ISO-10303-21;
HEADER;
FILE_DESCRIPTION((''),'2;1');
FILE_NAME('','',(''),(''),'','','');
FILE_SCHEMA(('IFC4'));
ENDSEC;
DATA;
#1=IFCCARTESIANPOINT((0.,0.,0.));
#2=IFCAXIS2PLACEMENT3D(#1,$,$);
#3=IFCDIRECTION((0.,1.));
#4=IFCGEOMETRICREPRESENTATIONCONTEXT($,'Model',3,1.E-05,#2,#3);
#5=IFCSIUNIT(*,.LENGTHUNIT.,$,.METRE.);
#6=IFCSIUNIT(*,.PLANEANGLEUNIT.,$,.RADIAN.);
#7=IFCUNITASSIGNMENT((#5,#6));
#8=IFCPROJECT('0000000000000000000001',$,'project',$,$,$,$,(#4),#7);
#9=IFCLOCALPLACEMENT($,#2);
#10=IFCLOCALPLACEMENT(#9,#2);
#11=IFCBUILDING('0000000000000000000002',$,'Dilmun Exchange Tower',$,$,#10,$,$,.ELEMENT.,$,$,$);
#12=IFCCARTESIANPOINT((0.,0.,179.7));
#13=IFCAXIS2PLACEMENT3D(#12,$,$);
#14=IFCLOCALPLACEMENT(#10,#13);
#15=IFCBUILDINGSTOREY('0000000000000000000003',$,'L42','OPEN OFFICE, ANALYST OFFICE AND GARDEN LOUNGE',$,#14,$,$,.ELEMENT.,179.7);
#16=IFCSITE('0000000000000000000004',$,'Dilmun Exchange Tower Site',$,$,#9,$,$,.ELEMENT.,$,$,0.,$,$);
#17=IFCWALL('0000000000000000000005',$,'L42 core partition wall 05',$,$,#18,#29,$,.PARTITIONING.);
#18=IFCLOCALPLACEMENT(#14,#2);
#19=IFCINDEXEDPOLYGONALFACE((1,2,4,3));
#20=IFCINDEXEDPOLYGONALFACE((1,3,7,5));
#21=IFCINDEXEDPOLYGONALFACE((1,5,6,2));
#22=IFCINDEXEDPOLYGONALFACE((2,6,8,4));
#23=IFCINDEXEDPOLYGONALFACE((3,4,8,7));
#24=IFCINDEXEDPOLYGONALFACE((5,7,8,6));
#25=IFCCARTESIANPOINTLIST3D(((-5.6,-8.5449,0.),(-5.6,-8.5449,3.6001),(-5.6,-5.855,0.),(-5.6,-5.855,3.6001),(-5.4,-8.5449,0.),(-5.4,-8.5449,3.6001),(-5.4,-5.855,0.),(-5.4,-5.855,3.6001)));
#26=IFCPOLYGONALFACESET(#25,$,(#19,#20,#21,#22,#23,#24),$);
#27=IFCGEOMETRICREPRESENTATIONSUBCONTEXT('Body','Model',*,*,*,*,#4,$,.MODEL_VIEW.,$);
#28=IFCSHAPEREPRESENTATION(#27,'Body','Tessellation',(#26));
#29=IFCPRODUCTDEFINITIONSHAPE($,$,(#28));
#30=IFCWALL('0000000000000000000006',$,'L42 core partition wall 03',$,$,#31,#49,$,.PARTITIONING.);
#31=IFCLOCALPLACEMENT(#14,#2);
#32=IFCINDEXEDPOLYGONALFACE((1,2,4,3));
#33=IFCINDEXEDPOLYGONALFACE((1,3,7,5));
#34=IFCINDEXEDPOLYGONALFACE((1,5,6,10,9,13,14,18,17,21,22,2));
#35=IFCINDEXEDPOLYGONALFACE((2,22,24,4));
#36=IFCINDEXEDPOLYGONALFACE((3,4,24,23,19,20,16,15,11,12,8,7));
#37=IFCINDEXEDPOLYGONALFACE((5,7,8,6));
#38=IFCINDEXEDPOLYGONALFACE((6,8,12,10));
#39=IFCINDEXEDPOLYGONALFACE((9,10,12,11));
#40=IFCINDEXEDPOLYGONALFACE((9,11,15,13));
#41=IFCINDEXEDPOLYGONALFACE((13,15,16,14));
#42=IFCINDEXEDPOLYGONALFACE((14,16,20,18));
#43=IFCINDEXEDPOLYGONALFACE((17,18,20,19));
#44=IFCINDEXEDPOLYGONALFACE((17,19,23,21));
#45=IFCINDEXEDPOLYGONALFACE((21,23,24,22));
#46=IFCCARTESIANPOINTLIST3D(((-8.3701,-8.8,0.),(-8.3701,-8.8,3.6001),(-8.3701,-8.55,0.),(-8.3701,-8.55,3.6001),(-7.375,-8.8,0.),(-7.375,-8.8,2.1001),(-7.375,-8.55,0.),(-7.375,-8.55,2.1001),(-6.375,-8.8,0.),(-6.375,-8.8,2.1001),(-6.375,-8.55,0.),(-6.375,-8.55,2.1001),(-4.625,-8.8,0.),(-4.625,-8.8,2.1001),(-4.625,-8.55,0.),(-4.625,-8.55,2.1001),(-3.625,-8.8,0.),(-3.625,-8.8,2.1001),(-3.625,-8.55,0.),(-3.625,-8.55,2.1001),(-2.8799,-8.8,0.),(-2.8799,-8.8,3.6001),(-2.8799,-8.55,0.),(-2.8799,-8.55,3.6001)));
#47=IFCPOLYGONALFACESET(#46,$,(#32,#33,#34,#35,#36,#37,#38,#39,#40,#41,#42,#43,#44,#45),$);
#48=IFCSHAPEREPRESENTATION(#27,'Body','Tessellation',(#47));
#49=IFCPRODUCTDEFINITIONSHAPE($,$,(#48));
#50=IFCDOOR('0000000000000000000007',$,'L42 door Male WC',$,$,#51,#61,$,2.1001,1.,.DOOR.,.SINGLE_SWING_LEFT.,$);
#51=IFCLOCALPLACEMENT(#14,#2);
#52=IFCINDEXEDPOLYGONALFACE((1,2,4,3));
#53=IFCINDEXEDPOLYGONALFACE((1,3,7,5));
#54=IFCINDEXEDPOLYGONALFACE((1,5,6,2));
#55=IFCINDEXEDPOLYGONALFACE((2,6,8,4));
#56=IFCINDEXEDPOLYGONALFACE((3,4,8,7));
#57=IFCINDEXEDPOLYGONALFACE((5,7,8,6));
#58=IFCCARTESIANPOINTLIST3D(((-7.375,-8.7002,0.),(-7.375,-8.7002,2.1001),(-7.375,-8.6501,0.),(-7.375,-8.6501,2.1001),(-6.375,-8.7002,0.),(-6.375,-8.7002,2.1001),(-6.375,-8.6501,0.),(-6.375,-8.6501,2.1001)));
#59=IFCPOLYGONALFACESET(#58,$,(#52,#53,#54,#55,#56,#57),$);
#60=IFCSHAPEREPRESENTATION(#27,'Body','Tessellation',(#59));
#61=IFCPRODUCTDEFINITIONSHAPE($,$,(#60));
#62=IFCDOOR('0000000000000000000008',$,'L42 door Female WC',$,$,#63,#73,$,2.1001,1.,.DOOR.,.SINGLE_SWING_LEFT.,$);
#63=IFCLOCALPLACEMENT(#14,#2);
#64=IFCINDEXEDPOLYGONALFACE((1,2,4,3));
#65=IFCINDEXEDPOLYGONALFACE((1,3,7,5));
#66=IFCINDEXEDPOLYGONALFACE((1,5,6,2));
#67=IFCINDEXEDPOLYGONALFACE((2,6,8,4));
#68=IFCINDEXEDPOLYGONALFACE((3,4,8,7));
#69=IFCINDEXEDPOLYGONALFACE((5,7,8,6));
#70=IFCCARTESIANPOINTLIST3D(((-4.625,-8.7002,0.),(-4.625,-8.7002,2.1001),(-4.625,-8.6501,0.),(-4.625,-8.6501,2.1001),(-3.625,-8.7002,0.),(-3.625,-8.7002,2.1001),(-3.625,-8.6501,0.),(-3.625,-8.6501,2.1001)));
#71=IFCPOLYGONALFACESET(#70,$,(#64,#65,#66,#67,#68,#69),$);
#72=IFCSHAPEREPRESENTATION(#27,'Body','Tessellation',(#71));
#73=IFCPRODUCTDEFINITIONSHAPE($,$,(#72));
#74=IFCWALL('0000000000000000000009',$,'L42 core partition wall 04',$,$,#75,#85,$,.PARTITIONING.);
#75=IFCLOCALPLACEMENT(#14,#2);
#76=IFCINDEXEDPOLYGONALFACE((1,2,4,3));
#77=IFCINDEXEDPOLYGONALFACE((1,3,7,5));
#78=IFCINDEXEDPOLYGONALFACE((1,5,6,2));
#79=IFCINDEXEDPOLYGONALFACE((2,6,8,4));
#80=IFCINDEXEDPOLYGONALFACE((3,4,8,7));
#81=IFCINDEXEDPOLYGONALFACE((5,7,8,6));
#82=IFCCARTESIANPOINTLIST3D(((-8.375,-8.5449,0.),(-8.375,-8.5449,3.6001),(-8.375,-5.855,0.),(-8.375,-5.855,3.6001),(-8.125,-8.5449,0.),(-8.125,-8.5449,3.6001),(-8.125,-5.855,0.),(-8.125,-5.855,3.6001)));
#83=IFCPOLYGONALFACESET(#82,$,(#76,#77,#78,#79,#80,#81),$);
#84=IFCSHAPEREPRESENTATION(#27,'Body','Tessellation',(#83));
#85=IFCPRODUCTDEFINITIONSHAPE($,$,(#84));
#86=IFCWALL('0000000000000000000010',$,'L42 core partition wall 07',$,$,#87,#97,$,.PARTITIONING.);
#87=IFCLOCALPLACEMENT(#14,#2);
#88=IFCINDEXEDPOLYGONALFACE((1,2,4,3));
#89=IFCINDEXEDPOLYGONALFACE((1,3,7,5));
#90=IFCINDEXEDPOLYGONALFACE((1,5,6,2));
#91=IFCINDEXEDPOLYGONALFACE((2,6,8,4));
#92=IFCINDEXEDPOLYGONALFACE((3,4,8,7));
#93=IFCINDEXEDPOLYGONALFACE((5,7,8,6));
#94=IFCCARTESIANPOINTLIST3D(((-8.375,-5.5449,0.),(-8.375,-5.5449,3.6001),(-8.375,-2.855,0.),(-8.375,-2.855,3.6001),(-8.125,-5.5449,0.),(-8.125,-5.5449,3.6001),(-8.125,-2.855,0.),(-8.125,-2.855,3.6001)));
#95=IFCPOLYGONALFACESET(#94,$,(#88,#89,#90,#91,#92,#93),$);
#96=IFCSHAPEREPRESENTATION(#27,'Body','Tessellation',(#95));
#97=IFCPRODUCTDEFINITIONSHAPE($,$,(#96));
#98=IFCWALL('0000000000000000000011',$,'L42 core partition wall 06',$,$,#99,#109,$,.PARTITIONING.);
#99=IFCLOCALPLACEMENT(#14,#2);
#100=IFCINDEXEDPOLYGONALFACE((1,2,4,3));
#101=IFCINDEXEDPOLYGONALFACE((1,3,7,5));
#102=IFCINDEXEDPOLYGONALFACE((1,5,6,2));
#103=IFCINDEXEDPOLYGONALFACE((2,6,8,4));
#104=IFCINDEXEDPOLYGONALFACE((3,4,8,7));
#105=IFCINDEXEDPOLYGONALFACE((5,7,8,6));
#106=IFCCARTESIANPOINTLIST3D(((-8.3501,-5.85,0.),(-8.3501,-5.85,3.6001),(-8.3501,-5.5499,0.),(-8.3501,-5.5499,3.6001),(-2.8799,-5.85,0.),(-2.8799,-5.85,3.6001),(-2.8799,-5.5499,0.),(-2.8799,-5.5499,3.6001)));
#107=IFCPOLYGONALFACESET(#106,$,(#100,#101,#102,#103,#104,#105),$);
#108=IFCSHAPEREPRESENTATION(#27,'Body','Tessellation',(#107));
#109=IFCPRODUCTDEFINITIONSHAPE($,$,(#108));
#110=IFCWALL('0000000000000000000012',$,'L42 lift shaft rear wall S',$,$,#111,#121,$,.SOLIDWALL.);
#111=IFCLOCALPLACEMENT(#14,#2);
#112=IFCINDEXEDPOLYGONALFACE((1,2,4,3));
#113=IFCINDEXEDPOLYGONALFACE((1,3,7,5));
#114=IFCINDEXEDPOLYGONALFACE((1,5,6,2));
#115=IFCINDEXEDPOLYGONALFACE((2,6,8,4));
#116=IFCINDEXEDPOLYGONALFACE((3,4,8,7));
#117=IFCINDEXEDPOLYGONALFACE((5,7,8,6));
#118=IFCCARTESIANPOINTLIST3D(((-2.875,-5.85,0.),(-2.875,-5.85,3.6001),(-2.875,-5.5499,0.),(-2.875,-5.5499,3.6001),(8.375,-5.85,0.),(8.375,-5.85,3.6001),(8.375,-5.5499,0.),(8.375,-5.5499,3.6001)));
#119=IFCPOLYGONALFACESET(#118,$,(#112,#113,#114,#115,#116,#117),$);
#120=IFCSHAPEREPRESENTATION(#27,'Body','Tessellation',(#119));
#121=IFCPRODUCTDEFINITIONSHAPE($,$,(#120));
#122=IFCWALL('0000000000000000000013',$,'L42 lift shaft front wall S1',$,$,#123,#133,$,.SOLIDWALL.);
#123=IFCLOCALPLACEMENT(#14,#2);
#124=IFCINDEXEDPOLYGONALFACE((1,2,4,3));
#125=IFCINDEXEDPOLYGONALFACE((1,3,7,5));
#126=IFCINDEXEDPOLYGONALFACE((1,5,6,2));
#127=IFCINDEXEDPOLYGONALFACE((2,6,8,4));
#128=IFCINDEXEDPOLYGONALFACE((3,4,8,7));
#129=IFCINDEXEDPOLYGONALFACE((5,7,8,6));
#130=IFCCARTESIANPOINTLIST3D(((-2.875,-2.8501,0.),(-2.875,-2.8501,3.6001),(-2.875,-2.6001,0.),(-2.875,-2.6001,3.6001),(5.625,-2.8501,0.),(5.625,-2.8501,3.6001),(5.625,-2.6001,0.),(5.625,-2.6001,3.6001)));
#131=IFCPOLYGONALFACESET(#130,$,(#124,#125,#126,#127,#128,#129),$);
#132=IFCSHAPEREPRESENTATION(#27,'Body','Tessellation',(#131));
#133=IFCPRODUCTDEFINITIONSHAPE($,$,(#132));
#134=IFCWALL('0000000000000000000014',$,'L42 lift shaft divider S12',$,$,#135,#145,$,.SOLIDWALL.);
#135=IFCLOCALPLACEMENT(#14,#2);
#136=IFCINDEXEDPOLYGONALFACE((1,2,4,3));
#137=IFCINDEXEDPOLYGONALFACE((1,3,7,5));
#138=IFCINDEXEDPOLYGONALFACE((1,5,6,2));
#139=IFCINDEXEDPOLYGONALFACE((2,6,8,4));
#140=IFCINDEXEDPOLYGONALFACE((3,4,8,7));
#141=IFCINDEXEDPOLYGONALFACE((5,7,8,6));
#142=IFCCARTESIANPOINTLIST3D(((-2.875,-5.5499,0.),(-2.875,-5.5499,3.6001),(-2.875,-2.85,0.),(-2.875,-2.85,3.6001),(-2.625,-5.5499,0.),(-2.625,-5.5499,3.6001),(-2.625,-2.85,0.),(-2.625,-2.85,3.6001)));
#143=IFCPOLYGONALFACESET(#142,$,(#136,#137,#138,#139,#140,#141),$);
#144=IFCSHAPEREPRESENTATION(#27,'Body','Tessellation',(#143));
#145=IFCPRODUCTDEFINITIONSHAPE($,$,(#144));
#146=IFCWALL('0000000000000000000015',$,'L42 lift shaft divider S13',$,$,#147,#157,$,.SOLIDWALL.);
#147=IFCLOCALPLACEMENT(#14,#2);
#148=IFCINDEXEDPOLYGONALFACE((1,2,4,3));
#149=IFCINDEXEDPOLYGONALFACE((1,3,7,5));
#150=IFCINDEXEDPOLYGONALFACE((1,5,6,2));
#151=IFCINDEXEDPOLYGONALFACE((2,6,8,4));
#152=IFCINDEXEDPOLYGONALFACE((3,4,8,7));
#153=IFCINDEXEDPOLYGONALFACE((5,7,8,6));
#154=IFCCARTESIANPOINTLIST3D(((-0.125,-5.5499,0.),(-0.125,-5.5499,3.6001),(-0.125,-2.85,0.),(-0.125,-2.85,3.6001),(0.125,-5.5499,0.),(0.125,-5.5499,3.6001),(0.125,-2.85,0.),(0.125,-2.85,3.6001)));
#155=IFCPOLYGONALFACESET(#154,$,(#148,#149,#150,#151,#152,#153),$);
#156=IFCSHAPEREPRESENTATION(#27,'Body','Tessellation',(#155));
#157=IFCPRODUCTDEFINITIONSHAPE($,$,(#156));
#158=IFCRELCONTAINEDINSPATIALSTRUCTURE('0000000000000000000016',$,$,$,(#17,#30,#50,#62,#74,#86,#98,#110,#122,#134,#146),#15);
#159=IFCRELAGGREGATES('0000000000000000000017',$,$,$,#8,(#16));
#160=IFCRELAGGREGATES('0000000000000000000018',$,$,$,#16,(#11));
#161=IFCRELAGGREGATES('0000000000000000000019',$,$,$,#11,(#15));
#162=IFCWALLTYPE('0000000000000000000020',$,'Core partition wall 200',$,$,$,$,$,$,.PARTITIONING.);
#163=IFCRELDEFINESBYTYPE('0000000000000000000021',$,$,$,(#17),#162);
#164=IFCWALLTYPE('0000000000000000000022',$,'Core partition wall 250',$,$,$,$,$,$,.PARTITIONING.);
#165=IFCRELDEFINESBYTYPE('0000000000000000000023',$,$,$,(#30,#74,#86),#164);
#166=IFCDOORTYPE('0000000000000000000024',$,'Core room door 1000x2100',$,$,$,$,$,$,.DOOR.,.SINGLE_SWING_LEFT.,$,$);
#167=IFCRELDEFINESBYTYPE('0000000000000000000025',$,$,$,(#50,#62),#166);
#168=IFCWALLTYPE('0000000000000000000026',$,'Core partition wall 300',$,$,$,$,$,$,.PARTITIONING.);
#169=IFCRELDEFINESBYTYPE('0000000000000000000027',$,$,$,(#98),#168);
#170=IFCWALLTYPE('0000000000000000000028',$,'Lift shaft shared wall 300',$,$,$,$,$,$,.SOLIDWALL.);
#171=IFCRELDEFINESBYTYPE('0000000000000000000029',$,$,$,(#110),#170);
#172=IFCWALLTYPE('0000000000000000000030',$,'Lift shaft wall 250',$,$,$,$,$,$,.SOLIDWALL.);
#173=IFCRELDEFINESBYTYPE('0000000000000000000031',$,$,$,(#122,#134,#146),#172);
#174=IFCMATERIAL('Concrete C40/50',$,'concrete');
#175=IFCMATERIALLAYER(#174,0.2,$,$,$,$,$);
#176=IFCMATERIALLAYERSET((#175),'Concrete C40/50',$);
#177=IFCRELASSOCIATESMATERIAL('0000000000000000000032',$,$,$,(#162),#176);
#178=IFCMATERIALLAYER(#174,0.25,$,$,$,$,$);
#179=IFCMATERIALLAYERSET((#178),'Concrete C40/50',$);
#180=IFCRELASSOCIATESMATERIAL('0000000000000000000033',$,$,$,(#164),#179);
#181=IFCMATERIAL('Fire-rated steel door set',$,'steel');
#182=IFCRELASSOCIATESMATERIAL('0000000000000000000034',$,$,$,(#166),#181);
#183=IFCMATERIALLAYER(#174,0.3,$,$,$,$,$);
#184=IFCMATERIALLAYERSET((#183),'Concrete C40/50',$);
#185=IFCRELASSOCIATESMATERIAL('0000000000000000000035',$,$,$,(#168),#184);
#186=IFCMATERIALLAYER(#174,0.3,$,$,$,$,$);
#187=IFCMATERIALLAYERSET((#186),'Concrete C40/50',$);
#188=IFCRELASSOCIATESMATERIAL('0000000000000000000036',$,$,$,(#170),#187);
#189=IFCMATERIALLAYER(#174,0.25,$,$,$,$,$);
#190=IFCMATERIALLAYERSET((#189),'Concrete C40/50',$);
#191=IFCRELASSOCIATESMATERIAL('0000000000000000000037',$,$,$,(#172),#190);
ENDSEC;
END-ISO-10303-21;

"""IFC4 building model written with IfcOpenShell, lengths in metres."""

from ifc_helpers import new_model, si_unit, direction, frame, frame_2d, origin, place, context, subcontext, project, spatial, rectangle, extrude, material, layer, layer_set, type_object, element, fill, save


model = new_model("IFC4")

# Units and contexts
model_context = context("Model", 3, precision=1e-05, world=origin(), true_north=direction((0.0, 1.0)))
body_context = subcontext(model_context, "Body", "Model", "MODEL_VIEW")
ifc_project = project(units=[si_unit("LENGTHUNIT", "METRE"), si_unit("PLANEANGLEUNIT", "RADIAN")], contexts=[model_context])

# Site, building, storey
site_placement = place(None, origin())
site = spatial("IfcSite", under=ifc_project, at=site_placement, Name="Dilmun Exchange Tower Site", CompositionType="ELEMENT", RefElevation=0.0)
building_placement = place(site_placement, origin())
building = spatial("IfcBuilding", under=site, at=building_placement, Name="Dilmun Exchange Tower", CompositionType="ELEMENT")
storey_placement = place(building_placement, frame((0.0, 0.0, 179.7)))
storey = spatial("IfcBuildingStorey", under=building, at=storey_placement, Name="L42", Description="OPEN OFFICE, ANALYST OFFICE AND GARDEN LOUNGE", CompositionType="ELEMENT", Elevation=179.7)

# Wall
ifc_material_1 = material(Name="Concrete C40/50", Category="concrete")
ifc_layer_1 = layer(ifc_material_1, 0.2)
ifc_layer_set_1 = layer_set([ifc_layer_1], Name="Concrete C40/50")
wall_type_1 = type_object("IfcWallType", Name="Core partition wall 200", PredefinedType="PARTITIONING", material=ifc_layer_set_1)
wall_1_placement = place(storey_placement, frame((-5.5, -8.5449, 0.0), z_axis=(0.0, 0.0, 1.0), x_axis=(0.0, 1.0, 0.0)))
element("IfcWall", 1, at=wall_1_placement, inside=storey, type_object=wall_type_1, Name="L42 core partition wall 05", PredefinedType="PARTITIONING", context=body_context, shape_type="SweptSolid", body=[
    extrude(rectangle(XDim=2.6899, YDim=0.2, at=frame_2d((1.345, 0.0))), origin(), (0.0, 0.0, 1.0), 3.6001),
])

# Wall, openings, doors
ifc_layer_2 = layer(ifc_material_1, 0.25)
ifc_layer_set_2 = layer_set([ifc_layer_2], Name="Concrete C40/50")
wall_type_2 = type_object("IfcWallType", Name="Core partition wall 250", PredefinedType="PARTITIONING", material=ifc_layer_set_2)
wall_2_placement = place(storey_placement, frame((-8.3701, -8.675, 0.0), z_axis=(0.0, 0.0, 1.0), x_axis=(1.0, 0.0, 0.0)))
wall_2 = element("IfcWall", 2, at=wall_2_placement, inside=storey, type_object=wall_type_2, Name="L42 core partition wall 03", PredefinedType="PARTITIONING", context=body_context, shape_type="SweptSolid", body=[
    extrude(rectangle(XDim=5.4902, YDim=0.25, at=frame_2d((2.7451, 0.0))), origin(), (0.0, 0.0, 1.0), 3.6001),
])
opening_1_placement = place(wall_2_placement, frame((0.9951, 0.0, 0.0)))
opening_1 = element("IfcOpeningElement", 3, at=opening_1_placement, cuts=wall_2, PredefinedType="OPENING", context=body_context, shape_type="SweptSolid", body=[
    extrude(rectangle(XDim=1.0, YDim=2.1001, at=frame_2d((0.5, 1.05))), frame((0.0, 0.135, 0.0), z_axis=(0.0, -1.0, 0.0), x_axis=(1.0, 0.0, 0.0)), (0.0, 0.0, 1.0), 0.27),
])
opening_2_placement = place(wall_2_placement, frame((3.7451, 0.0, 0.0)))
opening_2 = element("IfcOpeningElement", 4, at=opening_2_placement, cuts=wall_2, PredefinedType="OPENING", context=body_context, shape_type="SweptSolid", body=[
    extrude(rectangle(XDim=1.0, YDim=2.1001, at=frame_2d((0.5, 1.05))), frame((0.0, 0.135, 0.0), z_axis=(0.0, -1.0, 0.0), x_axis=(1.0, 0.0, 0.0)), (0.0, 0.0, 1.0), 0.27),
])
ifc_material_2 = material(Name="Fire-rated steel door set", Category="steel")
door_type_1 = type_object("IfcDoorType", Name="Core room door 1000x2100", OperationType="SINGLE_SWING_LEFT", PredefinedType="DOOR", material=ifc_material_2)
door_1_placement = place(opening_1_placement, origin())
door_1 = element("IfcDoor", 5, at=door_1_placement, inside=storey, type_object=door_type_1, Name="L42 door Male WC", OperationType="SINGLE_SWING_LEFT", OverallHeight=2.1001, OverallWidth=1.0, PredefinedType="DOOR", context=body_context, shape_type="SweptSolid", body=[
    extrude(rectangle(XDim=1.0, YDim=2.1001, at=frame_2d((0.5, 1.05))), frame((0.0, 0.0249, 0.0), z_axis=(0.0, -1.0, 0.0), x_axis=(1.0, 0.0, 0.0)), (0.0, 0.0, 1.0), 0.05),
])
fill(opening_1, door_1)
door_2_placement = place(opening_2_placement, origin())
door_2 = element("IfcDoor", 6, at=door_2_placement, inside=storey, type_object=door_type_1, Name="L42 door Female WC", OperationType="SINGLE_SWING_LEFT", OverallHeight=2.1001, OverallWidth=1.0, PredefinedType="DOOR", context=body_context, shape_type="SweptSolid", body=[
    extrude(rectangle(XDim=1.0, YDim=2.1001, at=frame_2d((0.5, 1.05))), frame((0.0, 0.0249, 0.0), z_axis=(0.0, -1.0, 0.0), x_axis=(1.0, 0.0, 0.0)), (0.0, 0.0, 1.0), 0.05),
])
fill(opening_2, door_2)

# Walls
for number, where, z_axis, x_axis, name in (
    (7, (-8.25, -8.5449, 0.0), (0.0, 0.0, 1.0), (0.0, 1.0, 0.0), "L42 core partition wall 04"),
    (8, (-8.25, -5.5449, 0.0), (0.0, 0.0, 1.0), (0.0, 1.0, 0.0), "L42 core partition wall 07"),
):
    element("IfcWall", number, at=place(storey_placement, frame(where, z_axis=z_axis, x_axis=x_axis)), inside=storey, type_object=wall_type_2, Name=name, PredefinedType="PARTITIONING", context=body_context, shape_type="SweptSolid", body=[
        extrude(rectangle(XDim=2.6899, YDim=0.25, at=frame_2d((1.345, 0.0))), origin(), (0.0, 0.0, 1.0), 3.6001),
    ])
ifc_layer_3 = layer(ifc_material_1, 0.3)
ifc_layer_set_3 = layer_set([ifc_layer_3], Name="Concrete C40/50")
wall_type_3 = type_object("IfcWallType", Name="Core partition wall 300", PredefinedType="PARTITIONING", material=ifc_layer_set_3)
wall_3_placement = place(storey_placement, frame((-8.3501, -5.7, 0.0), z_axis=(0.0, 0.0, 1.0), x_axis=(1.0, 0.0, 0.0)))
element("IfcWall", 9, at=wall_3_placement, inside=storey, type_object=wall_type_3, Name="L42 core partition wall 06", PredefinedType="PARTITIONING", context=body_context, shape_type="SweptSolid", body=[
    extrude(rectangle(XDim=5.4702, YDim=0.3, at=frame_2d((2.7351, 0.0))), origin(), (0.0, 0.0, 1.0), 3.6001),
])
ifc_layer_4 = layer(ifc_material_1, 0.3)
ifc_layer_set_4 = layer_set([ifc_layer_4], Name="Concrete C40/50")
wall_type_4 = type_object("IfcWallType", Name="Lift shaft shared wall 300", PredefinedType="SOLIDWALL", material=ifc_layer_set_4)
wall_4_placement = place(storey_placement, frame((-2.875, -5.7, 0.0), z_axis=(0.0, 0.0, 1.0), x_axis=(1.0, 0.0, 0.0)))
element("IfcWall", 10, at=wall_4_placement, inside=storey, type_object=wall_type_4, Name="L42 lift shaft rear wall S", PredefinedType="SOLIDWALL", context=body_context, shape_type="SweptSolid", body=[
    extrude(rectangle(XDim=11.25, YDim=0.3, at=frame_2d((5.625, 0.0))), origin(), (0.0, 0.0, 1.0), 3.6001),
])
ifc_layer_5 = layer(ifc_material_1, 0.25)
ifc_layer_set_5 = layer_set([ifc_layer_5], Name="Concrete C40/50")
wall_type_5 = type_object("IfcWallType", Name="Lift shaft wall 250", PredefinedType="SOLIDWALL", material=ifc_layer_set_5)
wall_5_placement = place(storey_placement, frame((-2.875, -2.7251, 0.0), z_axis=(0.0, 0.0, 1.0), x_axis=(1.0, 0.0, 0.0)))
element("IfcWall", 11, at=wall_5_placement, inside=storey, type_object=wall_type_5, Name="L42 lift shaft front wall S1", PredefinedType="SOLIDWALL", context=body_context, shape_type="SweptSolid", body=[
    extrude(rectangle(XDim=8.5, YDim=0.25, at=frame_2d((4.25, 0.0))), origin(), (0.0, 0.0, 1.0), 3.6001),
])
for number, where, z_axis, x_axis, name in (
    (12, (-2.75, -5.55, 0.0), (0.0, 0.0, 1.0), (0.0, 1.0, 0.0), "L42 lift shaft divider S12"),
    (13, (0.0, -5.55, 0.0), (0.0, 0.0, 1.0), (0.0, 1.0, 0.0), "L42 lift shaft divider S13"),
):
    element("IfcWall", number, at=place(storey_placement, frame(where, z_axis=z_axis, x_axis=x_axis)), inside=storey, type_object=wall_type_5, Name=name, PredefinedType="SOLIDWALL", context=body_context, shape_type="SweptSolid", body=[
        extrude(rectangle(XDim=2.7, YDim=0.25, at=frame_2d((1.3501, 0.0))), origin(), (0.0, 0.0, 1.0), 3.6001),
    ])

save(model, "model.ifc")
